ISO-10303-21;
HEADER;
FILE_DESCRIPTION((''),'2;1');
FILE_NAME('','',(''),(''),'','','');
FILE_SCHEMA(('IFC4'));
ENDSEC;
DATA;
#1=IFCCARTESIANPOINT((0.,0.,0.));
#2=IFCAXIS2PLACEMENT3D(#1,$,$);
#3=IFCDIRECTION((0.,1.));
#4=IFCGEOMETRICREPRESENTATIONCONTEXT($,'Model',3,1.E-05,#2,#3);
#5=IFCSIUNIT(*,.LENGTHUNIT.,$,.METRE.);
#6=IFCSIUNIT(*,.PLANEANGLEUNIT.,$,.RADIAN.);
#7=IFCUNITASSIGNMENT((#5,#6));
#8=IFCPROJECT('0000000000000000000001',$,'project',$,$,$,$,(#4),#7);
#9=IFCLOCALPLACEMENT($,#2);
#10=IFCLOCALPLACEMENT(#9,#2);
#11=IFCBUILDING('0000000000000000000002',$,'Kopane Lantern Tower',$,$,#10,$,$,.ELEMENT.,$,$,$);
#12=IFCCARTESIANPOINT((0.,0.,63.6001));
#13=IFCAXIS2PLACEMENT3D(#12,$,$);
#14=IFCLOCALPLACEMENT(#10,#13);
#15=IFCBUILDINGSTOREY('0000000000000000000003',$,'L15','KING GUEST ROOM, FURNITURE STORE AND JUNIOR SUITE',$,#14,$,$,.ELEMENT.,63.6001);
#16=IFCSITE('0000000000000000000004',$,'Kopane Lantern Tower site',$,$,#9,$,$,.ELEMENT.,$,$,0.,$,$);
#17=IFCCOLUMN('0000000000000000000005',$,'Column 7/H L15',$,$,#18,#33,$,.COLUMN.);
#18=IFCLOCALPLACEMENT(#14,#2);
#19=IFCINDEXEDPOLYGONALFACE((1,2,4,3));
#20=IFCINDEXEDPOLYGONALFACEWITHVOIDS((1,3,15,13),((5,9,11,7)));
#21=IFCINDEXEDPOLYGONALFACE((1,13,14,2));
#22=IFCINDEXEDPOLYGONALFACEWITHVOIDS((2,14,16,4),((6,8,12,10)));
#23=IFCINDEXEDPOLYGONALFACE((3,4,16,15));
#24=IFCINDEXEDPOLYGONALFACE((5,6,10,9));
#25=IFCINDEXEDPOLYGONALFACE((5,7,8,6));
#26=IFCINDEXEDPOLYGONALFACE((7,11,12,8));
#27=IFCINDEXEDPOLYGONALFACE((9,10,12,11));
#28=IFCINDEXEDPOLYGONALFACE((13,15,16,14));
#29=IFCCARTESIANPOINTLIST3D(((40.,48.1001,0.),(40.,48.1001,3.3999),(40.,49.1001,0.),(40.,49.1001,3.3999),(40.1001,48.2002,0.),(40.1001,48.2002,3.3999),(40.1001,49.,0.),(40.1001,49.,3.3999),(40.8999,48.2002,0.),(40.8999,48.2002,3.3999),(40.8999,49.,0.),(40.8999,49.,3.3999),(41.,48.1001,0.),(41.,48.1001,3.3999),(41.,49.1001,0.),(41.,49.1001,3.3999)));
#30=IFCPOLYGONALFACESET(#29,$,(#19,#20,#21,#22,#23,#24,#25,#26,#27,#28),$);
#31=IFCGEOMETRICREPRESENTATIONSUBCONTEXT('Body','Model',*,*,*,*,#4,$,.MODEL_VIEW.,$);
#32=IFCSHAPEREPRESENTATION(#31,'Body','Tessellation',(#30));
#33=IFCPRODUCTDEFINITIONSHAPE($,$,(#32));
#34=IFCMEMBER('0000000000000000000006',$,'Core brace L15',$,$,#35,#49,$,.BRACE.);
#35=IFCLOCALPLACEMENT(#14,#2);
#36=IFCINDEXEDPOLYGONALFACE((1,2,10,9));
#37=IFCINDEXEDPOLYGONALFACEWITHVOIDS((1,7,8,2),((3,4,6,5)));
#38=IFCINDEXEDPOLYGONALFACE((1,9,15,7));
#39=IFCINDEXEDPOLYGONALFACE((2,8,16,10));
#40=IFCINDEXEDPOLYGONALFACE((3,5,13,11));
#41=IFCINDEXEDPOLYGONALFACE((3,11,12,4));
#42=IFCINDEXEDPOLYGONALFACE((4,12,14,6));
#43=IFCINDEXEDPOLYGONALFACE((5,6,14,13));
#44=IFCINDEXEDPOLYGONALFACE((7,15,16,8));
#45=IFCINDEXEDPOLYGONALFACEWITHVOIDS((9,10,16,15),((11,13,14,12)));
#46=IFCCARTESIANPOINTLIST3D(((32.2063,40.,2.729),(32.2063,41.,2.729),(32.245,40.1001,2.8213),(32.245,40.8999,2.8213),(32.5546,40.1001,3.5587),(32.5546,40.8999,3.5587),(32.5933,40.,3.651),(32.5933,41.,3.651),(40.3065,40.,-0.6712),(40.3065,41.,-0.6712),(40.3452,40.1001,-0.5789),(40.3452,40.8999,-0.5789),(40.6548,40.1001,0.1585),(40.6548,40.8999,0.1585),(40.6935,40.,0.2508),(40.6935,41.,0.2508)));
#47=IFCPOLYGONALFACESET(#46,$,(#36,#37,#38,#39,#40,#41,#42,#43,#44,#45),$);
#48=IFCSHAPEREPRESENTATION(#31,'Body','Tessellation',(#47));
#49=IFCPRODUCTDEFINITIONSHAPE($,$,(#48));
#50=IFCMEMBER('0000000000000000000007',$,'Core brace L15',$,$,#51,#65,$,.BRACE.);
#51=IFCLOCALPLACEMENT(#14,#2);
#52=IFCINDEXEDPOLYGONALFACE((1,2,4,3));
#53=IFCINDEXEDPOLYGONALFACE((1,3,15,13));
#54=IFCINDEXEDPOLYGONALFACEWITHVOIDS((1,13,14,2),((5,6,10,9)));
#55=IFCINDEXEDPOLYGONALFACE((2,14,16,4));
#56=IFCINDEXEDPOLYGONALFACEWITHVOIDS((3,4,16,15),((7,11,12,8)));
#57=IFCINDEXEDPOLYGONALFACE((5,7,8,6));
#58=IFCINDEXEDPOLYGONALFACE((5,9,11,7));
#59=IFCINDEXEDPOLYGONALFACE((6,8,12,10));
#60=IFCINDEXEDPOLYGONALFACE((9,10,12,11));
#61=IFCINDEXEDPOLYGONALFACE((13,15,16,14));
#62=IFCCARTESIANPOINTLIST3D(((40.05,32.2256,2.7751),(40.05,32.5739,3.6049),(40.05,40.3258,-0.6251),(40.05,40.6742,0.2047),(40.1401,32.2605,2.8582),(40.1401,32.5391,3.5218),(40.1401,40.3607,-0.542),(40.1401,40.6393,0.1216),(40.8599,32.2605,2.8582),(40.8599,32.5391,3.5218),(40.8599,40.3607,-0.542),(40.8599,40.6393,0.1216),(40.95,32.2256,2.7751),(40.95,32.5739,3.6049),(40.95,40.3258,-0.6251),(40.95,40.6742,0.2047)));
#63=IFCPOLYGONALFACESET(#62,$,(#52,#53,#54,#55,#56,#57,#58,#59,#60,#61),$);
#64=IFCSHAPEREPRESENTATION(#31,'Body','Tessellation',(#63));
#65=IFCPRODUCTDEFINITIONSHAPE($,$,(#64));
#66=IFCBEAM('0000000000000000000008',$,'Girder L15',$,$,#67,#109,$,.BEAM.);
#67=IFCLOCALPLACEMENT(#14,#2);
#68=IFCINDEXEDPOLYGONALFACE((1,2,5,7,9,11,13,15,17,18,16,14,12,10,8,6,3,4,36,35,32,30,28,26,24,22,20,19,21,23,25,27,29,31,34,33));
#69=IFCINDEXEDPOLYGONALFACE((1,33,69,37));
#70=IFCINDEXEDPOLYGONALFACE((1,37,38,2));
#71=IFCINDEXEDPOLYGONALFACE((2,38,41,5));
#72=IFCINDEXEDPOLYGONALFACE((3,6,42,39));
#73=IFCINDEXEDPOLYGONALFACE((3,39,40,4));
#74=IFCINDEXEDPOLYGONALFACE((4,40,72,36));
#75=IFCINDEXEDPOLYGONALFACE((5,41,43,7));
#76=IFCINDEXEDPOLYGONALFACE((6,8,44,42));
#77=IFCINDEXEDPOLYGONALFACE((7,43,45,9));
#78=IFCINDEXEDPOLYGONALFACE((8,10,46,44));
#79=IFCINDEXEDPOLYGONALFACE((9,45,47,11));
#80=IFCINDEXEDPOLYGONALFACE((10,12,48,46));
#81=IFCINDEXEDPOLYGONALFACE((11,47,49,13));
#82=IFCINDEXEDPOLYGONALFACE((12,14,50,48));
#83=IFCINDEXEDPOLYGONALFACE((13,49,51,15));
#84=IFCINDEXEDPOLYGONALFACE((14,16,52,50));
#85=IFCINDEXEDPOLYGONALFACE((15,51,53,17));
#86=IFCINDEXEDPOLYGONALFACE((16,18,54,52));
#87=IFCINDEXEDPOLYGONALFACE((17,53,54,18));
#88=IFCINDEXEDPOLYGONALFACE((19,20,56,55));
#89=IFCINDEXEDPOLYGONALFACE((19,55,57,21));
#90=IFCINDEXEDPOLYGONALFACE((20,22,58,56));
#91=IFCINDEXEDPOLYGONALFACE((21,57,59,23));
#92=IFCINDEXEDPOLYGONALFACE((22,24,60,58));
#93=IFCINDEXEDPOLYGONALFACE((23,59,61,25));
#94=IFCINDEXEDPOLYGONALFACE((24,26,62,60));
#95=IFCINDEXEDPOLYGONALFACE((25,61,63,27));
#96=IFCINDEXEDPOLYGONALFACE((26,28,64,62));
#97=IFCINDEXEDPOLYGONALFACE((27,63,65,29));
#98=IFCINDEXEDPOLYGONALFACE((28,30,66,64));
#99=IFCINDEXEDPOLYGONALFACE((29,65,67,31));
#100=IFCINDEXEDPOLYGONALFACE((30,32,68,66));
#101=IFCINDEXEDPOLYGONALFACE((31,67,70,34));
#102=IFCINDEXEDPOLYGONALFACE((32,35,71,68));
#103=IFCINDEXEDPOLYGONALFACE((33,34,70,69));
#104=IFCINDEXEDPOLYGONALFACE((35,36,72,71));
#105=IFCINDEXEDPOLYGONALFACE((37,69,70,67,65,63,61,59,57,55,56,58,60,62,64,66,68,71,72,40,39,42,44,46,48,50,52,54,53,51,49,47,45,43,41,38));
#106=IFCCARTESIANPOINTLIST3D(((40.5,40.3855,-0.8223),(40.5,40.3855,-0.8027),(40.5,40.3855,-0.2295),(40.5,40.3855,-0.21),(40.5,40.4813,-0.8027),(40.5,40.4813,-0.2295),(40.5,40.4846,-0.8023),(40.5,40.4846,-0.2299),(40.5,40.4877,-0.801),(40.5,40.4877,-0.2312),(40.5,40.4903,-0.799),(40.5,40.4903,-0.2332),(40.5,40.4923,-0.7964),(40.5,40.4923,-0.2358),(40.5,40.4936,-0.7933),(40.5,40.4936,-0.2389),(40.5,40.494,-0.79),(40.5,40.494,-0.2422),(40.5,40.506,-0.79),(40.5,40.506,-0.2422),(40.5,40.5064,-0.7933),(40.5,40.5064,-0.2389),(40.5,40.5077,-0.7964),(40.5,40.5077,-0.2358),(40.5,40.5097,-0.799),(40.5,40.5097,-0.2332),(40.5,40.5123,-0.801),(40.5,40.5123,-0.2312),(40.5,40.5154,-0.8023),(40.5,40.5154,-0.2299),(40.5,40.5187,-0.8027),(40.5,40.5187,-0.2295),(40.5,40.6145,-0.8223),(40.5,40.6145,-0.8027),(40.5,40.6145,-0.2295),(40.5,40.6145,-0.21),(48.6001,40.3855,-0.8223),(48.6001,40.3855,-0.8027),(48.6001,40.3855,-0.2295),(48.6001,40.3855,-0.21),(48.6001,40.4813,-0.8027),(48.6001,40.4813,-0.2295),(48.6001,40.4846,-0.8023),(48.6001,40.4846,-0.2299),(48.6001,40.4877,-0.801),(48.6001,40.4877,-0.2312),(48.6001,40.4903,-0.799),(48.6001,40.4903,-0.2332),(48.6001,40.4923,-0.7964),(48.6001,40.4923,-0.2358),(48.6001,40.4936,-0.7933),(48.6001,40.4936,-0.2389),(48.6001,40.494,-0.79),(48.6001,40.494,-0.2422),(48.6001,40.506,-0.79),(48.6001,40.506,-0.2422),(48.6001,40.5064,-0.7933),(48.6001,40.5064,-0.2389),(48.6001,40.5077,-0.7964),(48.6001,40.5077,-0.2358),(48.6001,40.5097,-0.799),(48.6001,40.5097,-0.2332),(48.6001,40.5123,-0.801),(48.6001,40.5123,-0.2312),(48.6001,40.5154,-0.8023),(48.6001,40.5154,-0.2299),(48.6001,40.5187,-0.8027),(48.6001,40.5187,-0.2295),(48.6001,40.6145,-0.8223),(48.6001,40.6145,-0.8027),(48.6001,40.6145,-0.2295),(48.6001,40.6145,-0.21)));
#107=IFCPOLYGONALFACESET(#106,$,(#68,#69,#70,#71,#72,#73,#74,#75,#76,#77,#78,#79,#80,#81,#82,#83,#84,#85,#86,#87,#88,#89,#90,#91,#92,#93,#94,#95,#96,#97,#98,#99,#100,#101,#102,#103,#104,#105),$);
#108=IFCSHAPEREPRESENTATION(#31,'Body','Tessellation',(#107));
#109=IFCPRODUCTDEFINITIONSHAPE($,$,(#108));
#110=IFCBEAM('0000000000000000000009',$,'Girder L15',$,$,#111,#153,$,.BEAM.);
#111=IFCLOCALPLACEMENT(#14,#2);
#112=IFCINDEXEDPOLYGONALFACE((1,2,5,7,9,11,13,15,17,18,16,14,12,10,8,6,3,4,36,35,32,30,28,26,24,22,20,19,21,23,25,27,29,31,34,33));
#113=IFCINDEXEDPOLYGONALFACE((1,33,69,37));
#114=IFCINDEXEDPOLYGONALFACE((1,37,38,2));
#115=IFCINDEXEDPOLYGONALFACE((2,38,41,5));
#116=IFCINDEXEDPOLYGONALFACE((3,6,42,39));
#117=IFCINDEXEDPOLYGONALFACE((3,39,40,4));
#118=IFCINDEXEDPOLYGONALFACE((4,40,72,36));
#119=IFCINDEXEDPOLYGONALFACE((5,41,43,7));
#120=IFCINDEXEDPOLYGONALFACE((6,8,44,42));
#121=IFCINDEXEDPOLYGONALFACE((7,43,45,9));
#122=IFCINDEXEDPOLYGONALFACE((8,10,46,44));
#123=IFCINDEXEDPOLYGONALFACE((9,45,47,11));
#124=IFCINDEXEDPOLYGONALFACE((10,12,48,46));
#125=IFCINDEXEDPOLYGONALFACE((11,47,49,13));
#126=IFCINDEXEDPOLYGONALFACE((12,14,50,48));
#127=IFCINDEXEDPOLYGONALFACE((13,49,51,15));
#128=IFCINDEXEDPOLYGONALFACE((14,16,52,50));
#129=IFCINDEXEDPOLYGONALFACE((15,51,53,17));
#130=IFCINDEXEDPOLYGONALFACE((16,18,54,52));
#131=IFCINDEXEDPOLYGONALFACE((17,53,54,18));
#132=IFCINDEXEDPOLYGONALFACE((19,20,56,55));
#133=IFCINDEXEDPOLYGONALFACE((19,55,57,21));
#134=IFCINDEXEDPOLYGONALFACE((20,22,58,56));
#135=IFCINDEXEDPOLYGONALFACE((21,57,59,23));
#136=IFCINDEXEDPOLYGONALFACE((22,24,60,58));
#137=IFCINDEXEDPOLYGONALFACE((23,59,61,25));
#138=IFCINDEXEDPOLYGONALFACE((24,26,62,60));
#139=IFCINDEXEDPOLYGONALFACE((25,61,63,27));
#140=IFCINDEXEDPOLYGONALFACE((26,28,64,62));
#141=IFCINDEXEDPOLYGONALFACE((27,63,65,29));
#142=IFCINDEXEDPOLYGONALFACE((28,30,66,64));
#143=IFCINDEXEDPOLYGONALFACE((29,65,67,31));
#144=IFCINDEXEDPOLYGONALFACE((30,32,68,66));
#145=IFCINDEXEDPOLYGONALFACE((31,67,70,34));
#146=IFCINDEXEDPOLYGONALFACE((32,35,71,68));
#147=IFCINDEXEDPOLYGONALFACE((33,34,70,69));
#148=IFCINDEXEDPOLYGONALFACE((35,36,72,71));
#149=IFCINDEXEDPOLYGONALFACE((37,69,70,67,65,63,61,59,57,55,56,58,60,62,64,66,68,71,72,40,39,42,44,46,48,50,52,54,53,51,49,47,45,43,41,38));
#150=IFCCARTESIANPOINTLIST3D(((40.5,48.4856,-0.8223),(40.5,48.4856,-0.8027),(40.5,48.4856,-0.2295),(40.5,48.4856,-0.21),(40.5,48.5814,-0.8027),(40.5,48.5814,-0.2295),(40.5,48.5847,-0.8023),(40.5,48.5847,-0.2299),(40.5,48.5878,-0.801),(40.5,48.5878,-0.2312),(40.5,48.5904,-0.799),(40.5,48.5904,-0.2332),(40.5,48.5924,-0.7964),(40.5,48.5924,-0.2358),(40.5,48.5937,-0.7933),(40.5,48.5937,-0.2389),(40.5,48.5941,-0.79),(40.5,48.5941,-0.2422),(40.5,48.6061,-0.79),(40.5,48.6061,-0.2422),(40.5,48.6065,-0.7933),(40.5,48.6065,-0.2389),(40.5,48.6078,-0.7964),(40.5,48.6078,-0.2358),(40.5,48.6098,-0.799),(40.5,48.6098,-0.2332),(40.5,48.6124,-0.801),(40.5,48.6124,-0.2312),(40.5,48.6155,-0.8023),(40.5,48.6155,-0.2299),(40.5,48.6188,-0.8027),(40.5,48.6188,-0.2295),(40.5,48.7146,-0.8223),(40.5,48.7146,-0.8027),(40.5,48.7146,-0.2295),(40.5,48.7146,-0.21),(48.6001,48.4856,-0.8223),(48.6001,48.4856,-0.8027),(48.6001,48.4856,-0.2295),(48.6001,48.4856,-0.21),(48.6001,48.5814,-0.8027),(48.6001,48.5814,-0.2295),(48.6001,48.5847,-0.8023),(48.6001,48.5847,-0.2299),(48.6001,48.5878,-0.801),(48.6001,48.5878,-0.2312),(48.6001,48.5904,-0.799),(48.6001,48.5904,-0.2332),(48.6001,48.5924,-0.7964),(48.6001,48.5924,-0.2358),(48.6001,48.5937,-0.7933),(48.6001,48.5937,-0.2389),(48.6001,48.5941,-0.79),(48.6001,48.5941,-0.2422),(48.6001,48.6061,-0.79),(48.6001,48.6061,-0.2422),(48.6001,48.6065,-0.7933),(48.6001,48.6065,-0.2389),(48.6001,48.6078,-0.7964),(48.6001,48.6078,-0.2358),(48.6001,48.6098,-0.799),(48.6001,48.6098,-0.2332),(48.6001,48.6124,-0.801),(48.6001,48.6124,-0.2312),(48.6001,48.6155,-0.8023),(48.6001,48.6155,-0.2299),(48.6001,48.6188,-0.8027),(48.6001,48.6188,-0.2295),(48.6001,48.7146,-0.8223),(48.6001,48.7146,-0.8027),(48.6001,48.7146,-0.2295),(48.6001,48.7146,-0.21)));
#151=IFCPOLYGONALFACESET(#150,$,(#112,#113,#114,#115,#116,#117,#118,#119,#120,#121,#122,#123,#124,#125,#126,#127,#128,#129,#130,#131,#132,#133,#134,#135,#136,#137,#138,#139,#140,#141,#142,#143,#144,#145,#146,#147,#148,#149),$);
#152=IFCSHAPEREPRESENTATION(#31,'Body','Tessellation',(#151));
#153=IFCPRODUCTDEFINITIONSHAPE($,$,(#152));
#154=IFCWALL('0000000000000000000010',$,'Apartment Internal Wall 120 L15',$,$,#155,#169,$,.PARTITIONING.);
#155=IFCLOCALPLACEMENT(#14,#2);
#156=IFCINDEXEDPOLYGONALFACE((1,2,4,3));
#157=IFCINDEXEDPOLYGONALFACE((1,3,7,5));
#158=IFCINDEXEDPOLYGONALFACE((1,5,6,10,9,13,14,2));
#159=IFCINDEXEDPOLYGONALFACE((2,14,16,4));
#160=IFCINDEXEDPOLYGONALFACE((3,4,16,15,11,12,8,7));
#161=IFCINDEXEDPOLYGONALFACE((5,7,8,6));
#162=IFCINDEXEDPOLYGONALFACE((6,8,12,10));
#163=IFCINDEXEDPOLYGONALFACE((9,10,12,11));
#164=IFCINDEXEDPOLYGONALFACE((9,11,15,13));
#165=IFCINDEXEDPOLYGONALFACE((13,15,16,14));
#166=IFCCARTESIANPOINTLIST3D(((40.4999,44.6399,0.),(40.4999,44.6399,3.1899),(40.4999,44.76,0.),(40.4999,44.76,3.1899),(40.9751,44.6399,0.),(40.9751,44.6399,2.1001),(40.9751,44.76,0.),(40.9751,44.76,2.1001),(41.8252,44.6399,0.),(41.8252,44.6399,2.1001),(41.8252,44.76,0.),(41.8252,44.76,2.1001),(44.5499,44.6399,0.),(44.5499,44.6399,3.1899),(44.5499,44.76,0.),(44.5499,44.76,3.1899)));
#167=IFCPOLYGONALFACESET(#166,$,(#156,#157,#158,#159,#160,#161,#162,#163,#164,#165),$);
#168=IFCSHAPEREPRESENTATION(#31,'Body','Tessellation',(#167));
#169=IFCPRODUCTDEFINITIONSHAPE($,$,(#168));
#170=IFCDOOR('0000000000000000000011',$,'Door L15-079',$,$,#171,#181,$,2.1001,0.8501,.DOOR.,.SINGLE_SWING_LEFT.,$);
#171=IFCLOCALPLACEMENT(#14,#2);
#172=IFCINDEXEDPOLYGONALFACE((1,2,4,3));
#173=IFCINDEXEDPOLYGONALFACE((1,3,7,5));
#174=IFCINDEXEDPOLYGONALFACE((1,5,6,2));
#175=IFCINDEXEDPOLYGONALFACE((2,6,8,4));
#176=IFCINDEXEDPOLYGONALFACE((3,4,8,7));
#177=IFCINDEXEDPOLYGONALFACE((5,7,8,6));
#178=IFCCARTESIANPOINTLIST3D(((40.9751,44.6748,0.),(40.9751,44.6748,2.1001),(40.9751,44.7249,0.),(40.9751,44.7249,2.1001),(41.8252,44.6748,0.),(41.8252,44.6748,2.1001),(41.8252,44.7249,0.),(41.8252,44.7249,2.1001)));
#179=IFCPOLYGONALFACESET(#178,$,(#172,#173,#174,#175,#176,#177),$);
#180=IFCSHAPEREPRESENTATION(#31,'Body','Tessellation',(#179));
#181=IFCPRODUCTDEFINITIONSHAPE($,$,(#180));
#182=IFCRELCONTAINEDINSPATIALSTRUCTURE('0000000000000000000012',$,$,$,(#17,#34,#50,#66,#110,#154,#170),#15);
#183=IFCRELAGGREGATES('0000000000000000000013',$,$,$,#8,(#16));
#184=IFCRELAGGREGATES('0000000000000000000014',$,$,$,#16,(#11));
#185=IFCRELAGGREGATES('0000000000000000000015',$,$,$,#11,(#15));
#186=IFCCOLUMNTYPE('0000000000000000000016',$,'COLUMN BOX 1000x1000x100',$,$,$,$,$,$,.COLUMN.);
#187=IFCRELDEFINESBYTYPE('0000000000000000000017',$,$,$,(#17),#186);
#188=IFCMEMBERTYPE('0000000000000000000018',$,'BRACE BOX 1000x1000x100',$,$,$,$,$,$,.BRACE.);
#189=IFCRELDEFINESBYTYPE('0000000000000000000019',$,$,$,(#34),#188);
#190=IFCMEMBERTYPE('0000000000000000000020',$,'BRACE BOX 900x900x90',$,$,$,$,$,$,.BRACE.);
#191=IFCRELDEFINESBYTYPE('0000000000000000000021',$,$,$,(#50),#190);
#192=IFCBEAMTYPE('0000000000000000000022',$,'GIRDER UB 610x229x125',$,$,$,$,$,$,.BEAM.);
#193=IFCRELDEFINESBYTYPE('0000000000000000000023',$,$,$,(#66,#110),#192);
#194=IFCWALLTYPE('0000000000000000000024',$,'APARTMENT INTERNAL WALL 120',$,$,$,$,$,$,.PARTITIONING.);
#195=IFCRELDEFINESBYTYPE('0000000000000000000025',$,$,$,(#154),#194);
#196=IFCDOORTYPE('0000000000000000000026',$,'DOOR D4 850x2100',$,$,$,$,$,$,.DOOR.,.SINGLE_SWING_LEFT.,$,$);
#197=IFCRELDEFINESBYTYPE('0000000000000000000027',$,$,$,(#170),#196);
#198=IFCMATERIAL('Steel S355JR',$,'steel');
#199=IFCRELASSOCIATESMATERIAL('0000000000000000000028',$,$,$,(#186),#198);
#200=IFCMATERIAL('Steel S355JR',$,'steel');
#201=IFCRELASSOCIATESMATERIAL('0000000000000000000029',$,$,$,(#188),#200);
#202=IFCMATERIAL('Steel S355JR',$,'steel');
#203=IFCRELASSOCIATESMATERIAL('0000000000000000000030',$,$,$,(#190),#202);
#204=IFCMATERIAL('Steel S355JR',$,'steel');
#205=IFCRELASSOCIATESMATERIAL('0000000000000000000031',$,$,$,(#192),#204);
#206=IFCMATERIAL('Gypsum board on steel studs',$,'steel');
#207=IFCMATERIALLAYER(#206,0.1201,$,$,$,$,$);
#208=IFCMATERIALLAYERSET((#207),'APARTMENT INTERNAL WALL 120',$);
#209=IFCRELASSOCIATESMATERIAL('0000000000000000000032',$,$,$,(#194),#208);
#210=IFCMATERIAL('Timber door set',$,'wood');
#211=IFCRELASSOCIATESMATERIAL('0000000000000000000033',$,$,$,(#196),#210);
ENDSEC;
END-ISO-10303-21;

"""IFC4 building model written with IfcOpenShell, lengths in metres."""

from ifc_helpers import new_model, si_unit, direction, frame, frame_2d, origin, origin_2d, place, context, subcontext, project, spatial, rectangle, hollow_rectangle, i_section, extrude, material, layer, layer_set, material_profile, profile_set, type_object, element, fill, save


model = new_model("IFC4")

# Units and contexts
model_context = context("Model", 3, precision=1e-05, world=origin(), true_north=direction((0.0, 1.0)))
body_context = subcontext(model_context, "Body", "Model", "MODEL_VIEW")
ifc_project = project(units=[si_unit("LENGTHUNIT", "METRE"), si_unit("PLANEANGLEUNIT", "RADIAN")], contexts=[model_context])

# Site, building, storey
site_placement = place(None, origin())
site = spatial("IfcSite", under=ifc_project, at=site_placement, Name="Kopane Lantern Tower site", CompositionType="ELEMENT", RefElevation=0.0)
building_placement = place(site_placement, origin())
building = spatial("IfcBuilding", under=site, at=building_placement, Name="Kopane Lantern Tower", CompositionType="ELEMENT")
storey_placement = place(building_placement, frame((0.0, 0.0, 63.6001)))
storey = spatial("IfcBuildingStorey", under=building, at=storey_placement, Name="L15", Description="KING GUEST ROOM, FURNITURE STORE AND JUNIOR SUITE", CompositionType="ELEMENT", Elevation=63.6001)

# Column
ifc_material_1 = material(Name="Steel S355JR", Category="steel")
ifc_material_profile_1 = material_profile(ifc_material_1, hollow_rectangle(XDim=1.0, YDim=1.0, WallThickness=0.1001, at=origin_2d()), Name="BOX 1000x1000x100")
ifc_profile_set_1 = profile_set([ifc_material_profile_1], Name="Steel S355JR")
column_type = type_object("IfcColumnType", Name="COLUMN BOX 1000x1000x100", PredefinedType="COLUMN", material=ifc_profile_set_1)
column_placement = place(storey_placement, frame((40.5, 48.6001, 0.0), z_axis=(0.0, 0.0, 1.0), x_axis=(1.0, 0.0, 0.0)))
element("IfcColumn", 1, at=column_placement, inside=storey, type_object=column_type, Name="Column 7/H L15", PredefinedType="COLUMN", context=body_context, shape_type="SweptSolid", body=[
    extrude(hollow_rectangle(XDim=1.0, YDim=1.0, WallThickness=0.1001, at=origin_2d()), origin(), (0.0, 0.0, 1.0), 3.3999),
])

# Members
ifc_material_2 = material(Name="Steel S355JR", Category="steel")
ifc_material_profile_2 = material_profile(ifc_material_2, hollow_rectangle(XDim=1.0, YDim=1.0, WallThickness=0.1001, at=origin_2d()), Name="BOX 1000x1000x100")
ifc_profile_set_2 = profile_set([ifc_material_profile_2], Name="Steel S355JR")
member_type_1 = type_object("IfcMemberType", Name="BRACE BOX 1000x1000x100", PredefinedType="BRACE", material=ifc_profile_set_2)
member_1_placement = place(storey_placement, frame((40.5, 40.5, -0.2102), z_axis=(-0.922059, 0.0, 0.387049), x_axis=(0.0, -1.0, 0.0)))
element("IfcMember", 2, at=member_1_placement, inside=storey, type_object=member_type_1, Name="Core brace L15", PredefinedType="BRACE", context=body_context, shape_type="SweptSolid", body=[
    extrude(hollow_rectangle(XDim=1.0, YDim=1.0, WallThickness=0.1001, at=origin_2d()), origin(), (0.0, 0.0, 1.0), 8.7849),
])
ifc_material_3 = material(Name="Steel S355JR", Category="steel")
ifc_material_profile_3 = material_profile(ifc_material_3, hollow_rectangle(XDim=0.8999, YDim=0.8999, WallThickness=0.0901, at=origin_2d()), Name="BOX 900x900x90")
ifc_profile_set_3 = profile_set([ifc_material_profile_3], Name="Steel S355JR")
member_type_2 = type_object("IfcMemberType", Name="BRACE BOX 900x900x90", PredefinedType="BRACE", material=ifc_profile_set_3)
member_2_placement = place(storey_placement, frame((40.5, 40.5, -0.2102), z_axis=(0.0, -0.922059, 0.387049), x_axis=(1.0, 0.0, 0.0)))
element("IfcMember", 3, at=member_2_placement, inside=storey, type_object=member_type_2, Name="Core brace L15", PredefinedType="BRACE", context=body_context, shape_type="SweptSolid", body=[
    extrude(hollow_rectangle(XDim=0.8999, YDim=0.8999, WallThickness=0.0901, at=origin_2d()), origin(), (0.0, 0.0, 1.0), 8.7849),
])

# Beams
ifc_material_4 = material(Name="Steel S355JR", Category="steel")
ifc_material_profile_4 = material_profile(ifc_material_4, i_section(OverallWidth=0.229, OverallDepth=0.6123, WebThickness=0.012, FlangeThickness=0.0195, FilletRadius=0.0127, at=origin_2d()), Name="UB 610x229x125")
ifc_profile_set_4 = profile_set([ifc_material_profile_4], Name="Steel S355JR")
beam_type = type_object("IfcBeamType", Name="GIRDER UB 610x229x125", PredefinedType="BEAM", material=ifc_profile_set_4)
for number, where, z_axis, x_axis, name in (
    (4, (40.5, 40.5, -0.5161), (1.0, 0.0, 0.0), (0.0, 1.0, 0.0), "Girder L15"),
    (5, (40.5, 48.6001, -0.5161), (1.0, 0.0, 0.0), (0.0, 1.0, 0.0), "Girder L15"),
):
    element("IfcBeam", number, at=place(storey_placement, frame(where, z_axis=z_axis, x_axis=x_axis)), inside=storey, type_object=beam_type, Name=name, PredefinedType="BEAM", context=body_context, shape_type="SweptSolid", body=[
        extrude(i_section(OverallWidth=0.229, OverallDepth=0.6123, WebThickness=0.012, FlangeThickness=0.0195, FilletRadius=0.0127, at=origin_2d()), origin(), (0.0, 0.0, 1.0), 8.1001),
    ])

# Wall, opening, door
ifc_material_5 = material(Name="Gypsum board on steel studs", Category="steel")
ifc_layer_1 = layer(ifc_material_5, 0.1201)
ifc_layer_set_1 = layer_set([ifc_layer_1], Name="APARTMENT INTERNAL WALL 120")
wall_type_1 = type_object("IfcWallType", Name="APARTMENT INTERNAL WALL 120", PredefinedType="PARTITIONING", material=ifc_layer_set_1)
wall_1_placement = place(storey_placement, frame((40.5, 44.7, 0.0), z_axis=(0.0, 0.0, 1.0), x_axis=(1.0, 0.0, 0.0)))
wall_1 = element("IfcWall", 6, at=wall_1_placement, inside=storey, type_object=wall_type_1, Name="Apartment Internal Wall 120 L15", PredefinedType="PARTITIONING", context=body_context, shape_type="SweptSolid", body=[
    extrude(rectangle(XDim=4.05, YDim=0.1201, at=frame_2d((2.0249, 0.0))), origin(), (0.0, 0.0, 1.0), 3.1899),
])
opening_1_placement = place(wall_1_placement, frame((0.4751, 0.0, 0.0)))
opening_1 = element("IfcOpeningElement", 7, at=opening_1_placement, cuts=wall_1, PredefinedType="OPENING", context=body_context, shape_type="SweptSolid", body=[
    extrude(rectangle(XDim=0.8501, YDim=2.1001, at=frame_2d((0.425, 1.05))), frame((0.0, 0.0701, 0.0), z_axis=(0.0, -1.0, 0.0), x_axis=(1.0, 0.0, 0.0)), (0.0, 0.0, 1.0), 0.1401),
])
ifc_material_6 = material(Name="Timber door set", Category="wood")
door_type_1 = type_object("IfcDoorType", Name="DOOR D4 850x2100", OperationType="SINGLE_SWING_LEFT", PredefinedType="DOOR", material=ifc_material_6)
door_1_placement = place(opening_1_placement, origin())
door_1 = element("IfcDoor", 8, at=door_1_placement, inside=storey, type_object=door_type_1, Name="Door L15-079", OperationType="SINGLE_SWING_LEFT", OverallHeight=2.1001, OverallWidth=0.8501, PredefinedType="DOOR", context=body_context, shape_type="SweptSolid", body=[
    extrude(rectangle(XDim=0.8501, YDim=2.1001, at=frame_2d((0.425, 1.05))), frame((0.0, 0.0249, 0.0), z_axis=(0.0, -1.0, 0.0), x_axis=(1.0, 0.0, 0.0)), (0.0, 0.0, 1.0), 0.05),
])
fill(opening_1, door_1)

save(model, "model.ifc")
